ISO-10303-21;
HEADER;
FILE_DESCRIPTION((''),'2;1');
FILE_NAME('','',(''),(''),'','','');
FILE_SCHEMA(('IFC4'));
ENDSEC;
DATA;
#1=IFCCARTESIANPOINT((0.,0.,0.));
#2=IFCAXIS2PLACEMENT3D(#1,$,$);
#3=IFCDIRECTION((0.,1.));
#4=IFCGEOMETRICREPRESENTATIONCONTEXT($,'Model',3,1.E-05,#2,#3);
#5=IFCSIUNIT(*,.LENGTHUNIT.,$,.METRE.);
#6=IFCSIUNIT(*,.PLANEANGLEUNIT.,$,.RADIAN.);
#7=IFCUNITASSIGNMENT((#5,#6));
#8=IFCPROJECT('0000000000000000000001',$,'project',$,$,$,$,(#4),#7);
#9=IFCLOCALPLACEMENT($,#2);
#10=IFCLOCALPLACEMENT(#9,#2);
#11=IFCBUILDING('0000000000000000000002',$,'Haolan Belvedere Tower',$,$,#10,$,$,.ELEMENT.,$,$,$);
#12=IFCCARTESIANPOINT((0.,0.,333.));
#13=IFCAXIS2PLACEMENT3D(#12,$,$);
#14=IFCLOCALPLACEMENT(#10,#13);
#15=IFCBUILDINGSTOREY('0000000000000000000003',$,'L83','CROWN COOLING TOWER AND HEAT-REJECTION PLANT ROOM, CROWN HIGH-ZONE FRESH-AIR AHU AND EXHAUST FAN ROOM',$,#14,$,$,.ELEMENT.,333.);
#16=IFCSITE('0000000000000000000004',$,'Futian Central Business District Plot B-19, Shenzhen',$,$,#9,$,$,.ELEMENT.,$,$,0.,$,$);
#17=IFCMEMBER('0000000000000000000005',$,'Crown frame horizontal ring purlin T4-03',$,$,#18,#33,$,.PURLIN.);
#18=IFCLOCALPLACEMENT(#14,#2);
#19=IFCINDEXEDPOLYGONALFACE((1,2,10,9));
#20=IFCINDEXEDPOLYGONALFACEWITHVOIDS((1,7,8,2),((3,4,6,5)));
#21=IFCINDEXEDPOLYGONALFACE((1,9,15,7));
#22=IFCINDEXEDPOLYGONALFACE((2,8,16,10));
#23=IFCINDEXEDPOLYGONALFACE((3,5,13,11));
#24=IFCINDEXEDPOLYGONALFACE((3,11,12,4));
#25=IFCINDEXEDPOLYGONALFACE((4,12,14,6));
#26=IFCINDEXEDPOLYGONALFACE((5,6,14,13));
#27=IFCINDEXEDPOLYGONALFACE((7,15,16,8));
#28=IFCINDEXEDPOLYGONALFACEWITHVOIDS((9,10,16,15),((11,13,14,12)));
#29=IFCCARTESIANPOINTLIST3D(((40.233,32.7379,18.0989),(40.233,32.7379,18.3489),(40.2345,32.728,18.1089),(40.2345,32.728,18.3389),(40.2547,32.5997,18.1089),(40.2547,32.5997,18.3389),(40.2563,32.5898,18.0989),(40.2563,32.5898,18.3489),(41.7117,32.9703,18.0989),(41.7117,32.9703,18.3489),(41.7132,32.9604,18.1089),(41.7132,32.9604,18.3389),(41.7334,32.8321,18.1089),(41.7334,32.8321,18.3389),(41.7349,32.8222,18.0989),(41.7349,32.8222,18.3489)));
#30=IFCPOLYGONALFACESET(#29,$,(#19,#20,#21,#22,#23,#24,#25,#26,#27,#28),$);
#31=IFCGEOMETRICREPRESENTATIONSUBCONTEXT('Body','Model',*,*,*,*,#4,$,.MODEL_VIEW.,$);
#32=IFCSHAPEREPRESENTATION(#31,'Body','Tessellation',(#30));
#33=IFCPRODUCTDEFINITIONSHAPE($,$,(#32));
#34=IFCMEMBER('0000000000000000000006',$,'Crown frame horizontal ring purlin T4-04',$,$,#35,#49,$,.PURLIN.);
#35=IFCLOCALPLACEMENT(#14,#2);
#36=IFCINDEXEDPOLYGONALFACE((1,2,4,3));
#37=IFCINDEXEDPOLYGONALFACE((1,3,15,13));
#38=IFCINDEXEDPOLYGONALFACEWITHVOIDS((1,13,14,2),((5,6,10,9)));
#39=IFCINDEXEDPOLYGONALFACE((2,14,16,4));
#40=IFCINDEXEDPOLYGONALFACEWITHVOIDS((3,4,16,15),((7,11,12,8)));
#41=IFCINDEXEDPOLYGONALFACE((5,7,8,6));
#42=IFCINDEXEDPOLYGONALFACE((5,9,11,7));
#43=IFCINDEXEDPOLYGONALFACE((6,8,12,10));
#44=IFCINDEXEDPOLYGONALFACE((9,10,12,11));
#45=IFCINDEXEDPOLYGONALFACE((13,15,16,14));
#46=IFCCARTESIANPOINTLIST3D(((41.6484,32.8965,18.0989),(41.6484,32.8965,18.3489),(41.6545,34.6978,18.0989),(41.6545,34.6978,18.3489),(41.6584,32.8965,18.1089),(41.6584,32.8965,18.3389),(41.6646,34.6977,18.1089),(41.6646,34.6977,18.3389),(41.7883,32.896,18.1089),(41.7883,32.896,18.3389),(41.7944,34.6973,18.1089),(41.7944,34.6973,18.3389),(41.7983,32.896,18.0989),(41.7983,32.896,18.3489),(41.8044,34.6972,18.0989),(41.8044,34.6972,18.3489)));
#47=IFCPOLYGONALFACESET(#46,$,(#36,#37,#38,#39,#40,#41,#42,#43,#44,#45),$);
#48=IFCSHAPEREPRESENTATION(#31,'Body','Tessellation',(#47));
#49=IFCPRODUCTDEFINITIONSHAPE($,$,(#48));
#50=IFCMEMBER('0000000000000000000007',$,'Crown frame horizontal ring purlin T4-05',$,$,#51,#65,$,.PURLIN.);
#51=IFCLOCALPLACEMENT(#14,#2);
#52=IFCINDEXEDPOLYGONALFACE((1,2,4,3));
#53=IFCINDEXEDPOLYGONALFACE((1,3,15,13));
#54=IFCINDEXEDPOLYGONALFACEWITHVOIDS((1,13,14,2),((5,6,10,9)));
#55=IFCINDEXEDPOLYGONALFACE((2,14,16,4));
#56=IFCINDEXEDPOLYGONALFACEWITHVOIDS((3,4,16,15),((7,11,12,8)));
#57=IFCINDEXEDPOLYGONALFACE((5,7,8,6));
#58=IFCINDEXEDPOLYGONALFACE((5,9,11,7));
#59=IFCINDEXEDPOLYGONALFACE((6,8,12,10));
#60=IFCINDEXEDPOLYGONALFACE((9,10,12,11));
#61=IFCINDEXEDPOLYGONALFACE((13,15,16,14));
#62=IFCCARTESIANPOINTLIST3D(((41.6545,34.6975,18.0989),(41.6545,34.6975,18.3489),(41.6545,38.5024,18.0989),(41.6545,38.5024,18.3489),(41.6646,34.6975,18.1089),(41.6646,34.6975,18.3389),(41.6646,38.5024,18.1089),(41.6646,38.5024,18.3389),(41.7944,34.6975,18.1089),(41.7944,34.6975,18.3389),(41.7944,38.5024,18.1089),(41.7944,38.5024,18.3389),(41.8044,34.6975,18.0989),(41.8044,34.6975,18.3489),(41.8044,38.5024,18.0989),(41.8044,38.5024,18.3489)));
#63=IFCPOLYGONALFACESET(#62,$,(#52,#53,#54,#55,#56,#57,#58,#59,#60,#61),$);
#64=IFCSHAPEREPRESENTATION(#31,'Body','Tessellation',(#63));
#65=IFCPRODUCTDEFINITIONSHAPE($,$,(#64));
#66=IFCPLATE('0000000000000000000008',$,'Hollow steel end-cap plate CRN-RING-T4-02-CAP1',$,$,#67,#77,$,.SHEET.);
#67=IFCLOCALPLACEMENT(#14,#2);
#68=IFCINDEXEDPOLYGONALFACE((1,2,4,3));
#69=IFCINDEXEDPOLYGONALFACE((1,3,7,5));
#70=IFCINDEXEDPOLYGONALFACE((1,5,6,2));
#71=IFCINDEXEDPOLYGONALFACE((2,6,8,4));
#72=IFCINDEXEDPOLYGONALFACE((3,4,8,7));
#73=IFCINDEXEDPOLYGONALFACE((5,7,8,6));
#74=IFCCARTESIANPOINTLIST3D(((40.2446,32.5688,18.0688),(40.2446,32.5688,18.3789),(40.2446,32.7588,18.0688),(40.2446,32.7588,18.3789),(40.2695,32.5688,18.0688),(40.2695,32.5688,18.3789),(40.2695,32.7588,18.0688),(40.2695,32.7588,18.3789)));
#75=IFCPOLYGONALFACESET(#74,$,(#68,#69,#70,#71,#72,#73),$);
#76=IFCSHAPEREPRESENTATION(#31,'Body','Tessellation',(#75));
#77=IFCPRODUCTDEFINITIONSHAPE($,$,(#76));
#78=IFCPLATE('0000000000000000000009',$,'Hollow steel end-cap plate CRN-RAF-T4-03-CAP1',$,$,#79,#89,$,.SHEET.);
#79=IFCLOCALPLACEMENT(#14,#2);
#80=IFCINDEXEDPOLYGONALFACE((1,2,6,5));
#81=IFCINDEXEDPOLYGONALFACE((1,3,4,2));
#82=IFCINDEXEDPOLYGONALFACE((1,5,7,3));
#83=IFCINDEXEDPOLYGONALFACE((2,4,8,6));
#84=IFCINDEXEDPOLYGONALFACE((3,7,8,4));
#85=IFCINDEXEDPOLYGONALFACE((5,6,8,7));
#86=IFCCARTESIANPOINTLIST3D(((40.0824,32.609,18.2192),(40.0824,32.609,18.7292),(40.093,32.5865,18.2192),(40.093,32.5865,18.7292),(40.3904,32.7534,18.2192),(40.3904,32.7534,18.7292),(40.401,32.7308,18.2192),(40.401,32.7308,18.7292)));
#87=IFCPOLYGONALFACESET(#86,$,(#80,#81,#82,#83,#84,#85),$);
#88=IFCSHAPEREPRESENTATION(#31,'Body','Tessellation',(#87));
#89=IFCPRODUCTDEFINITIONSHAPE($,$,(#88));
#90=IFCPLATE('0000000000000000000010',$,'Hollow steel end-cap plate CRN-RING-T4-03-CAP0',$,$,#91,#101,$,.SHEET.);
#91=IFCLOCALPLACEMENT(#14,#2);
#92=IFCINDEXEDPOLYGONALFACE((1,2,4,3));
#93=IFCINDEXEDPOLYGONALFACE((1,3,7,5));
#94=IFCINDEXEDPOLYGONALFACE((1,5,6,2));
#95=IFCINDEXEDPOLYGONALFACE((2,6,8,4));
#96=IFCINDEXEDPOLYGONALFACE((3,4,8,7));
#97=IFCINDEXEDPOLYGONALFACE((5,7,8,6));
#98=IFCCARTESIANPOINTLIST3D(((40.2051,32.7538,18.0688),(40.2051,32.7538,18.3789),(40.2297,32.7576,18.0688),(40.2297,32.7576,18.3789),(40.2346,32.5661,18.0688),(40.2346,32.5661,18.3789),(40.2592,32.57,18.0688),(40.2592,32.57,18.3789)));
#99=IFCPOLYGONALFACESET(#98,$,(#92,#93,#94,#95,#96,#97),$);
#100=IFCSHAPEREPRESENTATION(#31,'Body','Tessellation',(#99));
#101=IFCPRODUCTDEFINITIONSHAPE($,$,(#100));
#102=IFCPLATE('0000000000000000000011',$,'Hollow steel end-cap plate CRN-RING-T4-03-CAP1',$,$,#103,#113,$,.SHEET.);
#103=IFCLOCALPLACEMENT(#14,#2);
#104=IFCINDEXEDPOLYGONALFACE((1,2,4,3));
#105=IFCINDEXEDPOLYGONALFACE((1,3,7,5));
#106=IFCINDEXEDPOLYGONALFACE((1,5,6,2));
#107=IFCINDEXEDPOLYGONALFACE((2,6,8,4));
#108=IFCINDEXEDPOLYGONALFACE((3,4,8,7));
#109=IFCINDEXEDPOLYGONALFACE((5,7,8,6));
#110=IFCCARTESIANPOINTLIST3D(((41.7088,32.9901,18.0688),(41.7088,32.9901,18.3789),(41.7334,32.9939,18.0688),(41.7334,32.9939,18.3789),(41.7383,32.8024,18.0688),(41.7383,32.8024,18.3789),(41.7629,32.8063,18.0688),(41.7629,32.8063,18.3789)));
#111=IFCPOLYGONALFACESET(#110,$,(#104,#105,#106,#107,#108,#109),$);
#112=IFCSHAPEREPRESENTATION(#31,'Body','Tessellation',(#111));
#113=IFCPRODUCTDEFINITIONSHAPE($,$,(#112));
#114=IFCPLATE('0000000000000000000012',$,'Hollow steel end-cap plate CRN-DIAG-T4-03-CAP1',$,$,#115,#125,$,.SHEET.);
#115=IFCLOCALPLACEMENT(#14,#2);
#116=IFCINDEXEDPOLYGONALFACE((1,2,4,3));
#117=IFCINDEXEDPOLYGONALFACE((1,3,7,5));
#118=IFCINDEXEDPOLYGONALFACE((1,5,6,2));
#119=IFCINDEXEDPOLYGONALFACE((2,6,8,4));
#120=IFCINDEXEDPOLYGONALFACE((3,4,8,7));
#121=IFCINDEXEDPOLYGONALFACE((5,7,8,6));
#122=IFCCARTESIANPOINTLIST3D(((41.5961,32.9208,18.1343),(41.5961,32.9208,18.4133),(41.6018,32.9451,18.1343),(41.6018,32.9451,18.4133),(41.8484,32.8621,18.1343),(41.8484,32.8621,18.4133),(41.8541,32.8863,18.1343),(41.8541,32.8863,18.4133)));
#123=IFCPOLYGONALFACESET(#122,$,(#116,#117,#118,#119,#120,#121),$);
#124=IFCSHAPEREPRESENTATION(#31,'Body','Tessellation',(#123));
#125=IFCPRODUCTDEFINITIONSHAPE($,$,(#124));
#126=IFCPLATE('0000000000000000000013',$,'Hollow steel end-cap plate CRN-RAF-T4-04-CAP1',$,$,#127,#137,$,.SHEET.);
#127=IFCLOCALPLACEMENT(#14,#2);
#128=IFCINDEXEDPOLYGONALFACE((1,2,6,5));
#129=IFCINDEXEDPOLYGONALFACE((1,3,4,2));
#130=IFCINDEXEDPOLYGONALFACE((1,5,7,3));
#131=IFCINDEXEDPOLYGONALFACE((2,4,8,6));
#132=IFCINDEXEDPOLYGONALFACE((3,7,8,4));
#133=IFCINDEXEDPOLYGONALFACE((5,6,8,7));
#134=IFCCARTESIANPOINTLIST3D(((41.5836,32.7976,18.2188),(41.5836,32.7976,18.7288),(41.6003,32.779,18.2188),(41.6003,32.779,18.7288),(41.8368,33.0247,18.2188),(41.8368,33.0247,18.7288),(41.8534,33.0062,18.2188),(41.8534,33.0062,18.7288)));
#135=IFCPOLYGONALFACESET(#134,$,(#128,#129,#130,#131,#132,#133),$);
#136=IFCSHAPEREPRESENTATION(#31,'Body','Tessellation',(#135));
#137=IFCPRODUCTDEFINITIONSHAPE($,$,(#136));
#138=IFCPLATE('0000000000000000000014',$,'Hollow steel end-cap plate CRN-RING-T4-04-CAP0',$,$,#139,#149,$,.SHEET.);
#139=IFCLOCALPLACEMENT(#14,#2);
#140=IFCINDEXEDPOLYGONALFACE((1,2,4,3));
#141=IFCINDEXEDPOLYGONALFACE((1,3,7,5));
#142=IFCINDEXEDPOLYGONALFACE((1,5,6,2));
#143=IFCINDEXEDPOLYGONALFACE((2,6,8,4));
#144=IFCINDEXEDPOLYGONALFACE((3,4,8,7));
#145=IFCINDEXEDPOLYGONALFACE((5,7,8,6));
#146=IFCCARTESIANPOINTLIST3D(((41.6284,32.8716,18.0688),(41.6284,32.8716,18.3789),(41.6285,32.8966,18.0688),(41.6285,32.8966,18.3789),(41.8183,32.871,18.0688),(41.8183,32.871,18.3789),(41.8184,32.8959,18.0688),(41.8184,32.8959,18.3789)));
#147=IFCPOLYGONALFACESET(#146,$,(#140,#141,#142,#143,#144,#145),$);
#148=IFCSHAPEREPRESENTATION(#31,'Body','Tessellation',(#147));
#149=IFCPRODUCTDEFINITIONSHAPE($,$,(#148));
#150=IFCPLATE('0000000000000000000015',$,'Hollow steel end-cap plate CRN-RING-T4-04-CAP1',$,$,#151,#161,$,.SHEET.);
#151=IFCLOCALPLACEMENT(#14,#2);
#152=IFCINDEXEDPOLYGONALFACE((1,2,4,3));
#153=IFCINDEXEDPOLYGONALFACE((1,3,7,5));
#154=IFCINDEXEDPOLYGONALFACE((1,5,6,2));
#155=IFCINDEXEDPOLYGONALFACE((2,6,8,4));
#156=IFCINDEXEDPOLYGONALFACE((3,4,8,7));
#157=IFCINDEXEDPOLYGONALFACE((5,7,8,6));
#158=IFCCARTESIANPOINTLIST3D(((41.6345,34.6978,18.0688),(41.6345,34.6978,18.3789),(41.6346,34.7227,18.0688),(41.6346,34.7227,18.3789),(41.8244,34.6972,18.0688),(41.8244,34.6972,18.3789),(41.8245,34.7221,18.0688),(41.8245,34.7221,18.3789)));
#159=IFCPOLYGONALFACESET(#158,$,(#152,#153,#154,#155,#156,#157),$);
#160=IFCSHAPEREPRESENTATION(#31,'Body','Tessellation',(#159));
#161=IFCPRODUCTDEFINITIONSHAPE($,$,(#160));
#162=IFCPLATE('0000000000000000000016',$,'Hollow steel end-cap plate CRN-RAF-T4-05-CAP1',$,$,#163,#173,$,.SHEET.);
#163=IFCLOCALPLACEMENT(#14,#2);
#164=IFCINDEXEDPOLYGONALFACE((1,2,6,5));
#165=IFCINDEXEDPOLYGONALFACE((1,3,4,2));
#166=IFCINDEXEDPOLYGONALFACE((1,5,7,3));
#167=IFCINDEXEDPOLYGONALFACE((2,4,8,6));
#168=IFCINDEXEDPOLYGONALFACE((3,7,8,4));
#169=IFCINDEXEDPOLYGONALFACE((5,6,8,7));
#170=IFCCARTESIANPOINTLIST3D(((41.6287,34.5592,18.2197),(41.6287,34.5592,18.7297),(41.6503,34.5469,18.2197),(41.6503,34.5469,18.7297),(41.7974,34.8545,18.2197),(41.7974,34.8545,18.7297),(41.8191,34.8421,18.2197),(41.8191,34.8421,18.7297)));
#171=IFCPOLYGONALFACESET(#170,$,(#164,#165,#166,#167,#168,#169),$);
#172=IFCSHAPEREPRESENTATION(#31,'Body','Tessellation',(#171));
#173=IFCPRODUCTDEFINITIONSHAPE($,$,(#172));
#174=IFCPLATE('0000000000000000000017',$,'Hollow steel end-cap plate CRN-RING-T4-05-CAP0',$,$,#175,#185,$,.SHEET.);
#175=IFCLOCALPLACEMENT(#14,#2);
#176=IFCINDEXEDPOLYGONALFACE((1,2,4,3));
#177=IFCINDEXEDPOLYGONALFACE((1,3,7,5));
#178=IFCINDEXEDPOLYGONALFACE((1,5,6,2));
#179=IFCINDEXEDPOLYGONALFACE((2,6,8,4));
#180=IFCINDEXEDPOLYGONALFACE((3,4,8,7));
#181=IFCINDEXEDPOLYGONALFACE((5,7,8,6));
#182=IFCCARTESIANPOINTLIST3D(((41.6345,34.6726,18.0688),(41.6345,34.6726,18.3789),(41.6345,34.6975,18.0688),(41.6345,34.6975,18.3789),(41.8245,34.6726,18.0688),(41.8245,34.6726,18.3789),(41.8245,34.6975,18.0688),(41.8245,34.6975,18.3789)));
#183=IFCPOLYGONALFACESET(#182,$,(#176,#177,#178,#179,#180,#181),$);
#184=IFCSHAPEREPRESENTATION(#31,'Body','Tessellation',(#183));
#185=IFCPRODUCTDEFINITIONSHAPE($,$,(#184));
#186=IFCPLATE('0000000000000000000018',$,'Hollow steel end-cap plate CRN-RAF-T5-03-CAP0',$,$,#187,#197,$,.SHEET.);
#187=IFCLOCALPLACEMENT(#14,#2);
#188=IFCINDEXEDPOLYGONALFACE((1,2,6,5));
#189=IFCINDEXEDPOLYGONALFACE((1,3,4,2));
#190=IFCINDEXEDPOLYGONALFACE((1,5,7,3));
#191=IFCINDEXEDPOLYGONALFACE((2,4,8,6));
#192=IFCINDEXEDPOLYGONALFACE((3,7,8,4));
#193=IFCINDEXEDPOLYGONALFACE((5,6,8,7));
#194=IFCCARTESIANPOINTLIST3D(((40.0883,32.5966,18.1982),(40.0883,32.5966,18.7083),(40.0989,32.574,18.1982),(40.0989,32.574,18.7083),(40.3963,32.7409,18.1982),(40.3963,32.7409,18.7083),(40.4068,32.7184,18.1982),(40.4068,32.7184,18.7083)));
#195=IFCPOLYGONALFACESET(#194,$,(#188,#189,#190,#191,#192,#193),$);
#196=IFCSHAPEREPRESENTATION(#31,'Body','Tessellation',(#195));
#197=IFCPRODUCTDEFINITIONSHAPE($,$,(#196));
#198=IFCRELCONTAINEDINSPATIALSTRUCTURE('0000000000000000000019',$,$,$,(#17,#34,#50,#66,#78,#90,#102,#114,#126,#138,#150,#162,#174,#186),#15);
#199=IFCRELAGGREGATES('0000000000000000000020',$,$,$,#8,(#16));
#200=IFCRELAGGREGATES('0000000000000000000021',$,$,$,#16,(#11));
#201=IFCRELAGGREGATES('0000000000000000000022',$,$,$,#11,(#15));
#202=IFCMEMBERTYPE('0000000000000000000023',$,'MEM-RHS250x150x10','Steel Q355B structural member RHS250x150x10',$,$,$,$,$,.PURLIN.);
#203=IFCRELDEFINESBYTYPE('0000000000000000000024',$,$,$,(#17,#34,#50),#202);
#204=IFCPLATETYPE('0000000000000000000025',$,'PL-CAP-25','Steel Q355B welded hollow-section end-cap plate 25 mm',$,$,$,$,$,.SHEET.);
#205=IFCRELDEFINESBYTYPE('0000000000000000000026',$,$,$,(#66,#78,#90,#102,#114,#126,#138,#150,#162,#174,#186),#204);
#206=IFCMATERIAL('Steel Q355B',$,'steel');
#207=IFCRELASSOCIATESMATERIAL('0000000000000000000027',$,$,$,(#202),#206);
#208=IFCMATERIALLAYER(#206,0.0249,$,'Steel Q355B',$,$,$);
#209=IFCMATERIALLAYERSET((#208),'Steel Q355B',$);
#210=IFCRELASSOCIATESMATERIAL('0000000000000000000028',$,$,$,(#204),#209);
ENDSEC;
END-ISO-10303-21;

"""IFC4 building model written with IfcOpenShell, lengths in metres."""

from ifc_helpers import new_model, si_unit, direction, frame, origin, origin_2d, place, context, subcontext, project, spatial, rectangle, hollow_rectangle, extrude, material, layer, layer_set, material_profile, profile_set, type_object, element, save


model = new_model("IFC4")

# Units and contexts
model_context = context("Model", 3, precision=1e-05, world=origin(), true_north=direction((0.0, 1.0)))
body_context = subcontext(model_context, "Body", "Model", "MODEL_VIEW")
ifc_project = project(units=[si_unit("LENGTHUNIT", "METRE"), si_unit("PLANEANGLEUNIT", "RADIAN")], contexts=[model_context])

# Site, building, storey
site_placement = place(None, origin())
site = spatial("IfcSite", under=ifc_project, at=site_placement, Name="Futian Central Business District Plot B-19, Shenzhen", CompositionType="ELEMENT", RefElevation=0.0)
building_placement = place(site_placement, origin())
building = spatial("IfcBuilding", under=site, at=building_placement, Name="Haolan Belvedere Tower", CompositionType="ELEMENT")
storey_placement = place(building_placement, frame((0.0, 0.0, 333.0)))
storey = spatial("IfcBuildingStorey", under=building, at=storey_placement, Name="L83", Description="CROWN COOLING TOWER AND HEAT-REJECTION PLANT ROOM, CROWN HIGH-ZONE FRESH-AIR AHU AND EXHAUST FAN ROOM", CompositionType="ELEMENT", Elevation=333.0)

# Members
ifc_material_1 = material(Name="Steel Q355B", Category="steel")
ifc_material_profile_1 = material_profile(ifc_material_1, hollow_rectangle(XDim=0.1499, YDim=0.25, WallThickness=0.01, at=origin_2d()), Name="Steel Q355B")
ifc_profile_set_1 = profile_set([ifc_material_profile_1], Name="Steel Q355B")
member_type_1 = type_object("IfcMemberType", Name="MEM-RHS250x150x10", Description="Steel Q355B structural member RHS250x150x10", PredefinedType="PURLIN", material=ifc_profile_set_1)
member_1_placement = place(storey_placement, frame((40.2446, 32.6638, 18.2239), z_axis=(0.987872, 0.155267, 0.0), x_axis=(-0.155267, 0.987872, 0.0)))
element("IfcMember", 1, at=member_1_placement, inside=storey, type_object=member_type_1, Name="Crown frame horizontal ring purlin T4-03", PredefinedType="PURLIN", context=body_context, shape_type="SweptSolid", body=[
    extrude(hollow_rectangle(XDim=0.1499, YDim=0.25, WallThickness=0.01, at=origin_2d()), origin(), (0.0, 0.0, 1.0), 1.4968),
])
member_2_placement = place(storey_placement, frame((41.7234, 32.8962, 18.2239), z_axis=(0.003388, 0.999994, 0.0), x_axis=(-0.999994, 0.003388, 0.0)))
element("IfcMember", 2, at=member_2_placement, inside=storey, type_object=member_type_1, Name="Crown frame horizontal ring purlin T4-04", PredefinedType="PURLIN", context=body_context, shape_type="SweptSolid", body=[
    extrude(hollow_rectangle(XDim=0.1499, YDim=0.25, WallThickness=0.01, at=origin_2d()), origin(), (0.0, 0.0, 1.0), 1.8013),
])
member_3_placement = place(storey_placement, frame((41.7295, 34.6975, 18.2239), z_axis=(0.0, 1.0, 0.0), x_axis=(-1.0, 0.0, 0.0)))
element("IfcMember", 3, at=member_3_placement, inside=storey, type_object=member_type_1, Name="Crown frame horizontal ring purlin T4-05", PredefinedType="PURLIN", context=body_context, shape_type="SweptSolid", body=[
    extrude(hollow_rectangle(XDim=0.1499, YDim=0.25, WallThickness=0.01, at=origin_2d()), origin(), (0.0, 0.0, 1.0), 3.8049),
])

# Plates
ifc_layer_1 = layer(ifc_material_1, 0.0249, Name="Steel Q355B")
ifc_layer_set_1 = layer_set([ifc_layer_1], Name="Steel Q355B")
plate_type = type_object("IfcPlateType", Name="PL-CAP-25", Description="Steel Q355B welded hollow-section end-cap plate 25 mm", PredefinedType="SHEET", material=ifc_layer_set_1)
plate_1_placement = place(storey_placement, frame((40.2571, 32.6638, 18.0688), z_axis=(0.0, 0.0, 1.0), x_axis=(0.0, 1.0, 0.0)))
element("IfcPlate", 4, at=plate_1_placement, inside=storey, type_object=plate_type, Name="Hollow steel end-cap plate CRN-RING-T4-02-CAP1", PredefinedType="SHEET", context=body_context, shape_type="SweptSolid", body=[
    extrude(rectangle(XDim=0.1899, YDim=0.0249, at=origin_2d()), origin(), (0.0, 0.0, 1.0), 0.3101),
])
plate_2_placement = place(storey_placement, frame((40.2417, 32.6699, 18.2192), z_axis=(0.0, 0.0, 1.0), x_axis=(-0.905502, -0.424342, 0.0)))
element("IfcPlate", 5, at=plate_2_placement, inside=storey, type_object=plate_type, Name="Hollow steel end-cap plate CRN-RAF-T4-03-CAP1", PredefinedType="SHEET", context=body_context, shape_type="SweptSolid", body=[
    extrude(rectangle(XDim=0.3401, YDim=0.0249, at=origin_2d()), origin(), (0.0, 0.0, 1.0), 0.51),
])
for number, where, z_axis, x_axis, name in (
    (6, (40.2322, 32.6619, 18.0688), (0.0, 0.0, 1.0), (0.155245, -0.987876, 0.0), "Hollow steel end-cap plate CRN-RING-T4-03-CAP0"),
    (7, (41.7358, 32.8982, 18.0688), (0.0, 0.0, 1.0), (-0.155245, 0.987876, 0.0), "Hollow steel end-cap plate CRN-RING-T4-03-CAP1"),
):
    element("IfcPlate", number, at=place(storey_placement, frame(where, z_axis=z_axis, x_axis=x_axis)), inside=storey, type_object=plate_type, Name=name, PredefinedType="SHEET", context=body_context, shape_type="SweptSolid", body=[
        extrude(rectangle(XDim=0.1899, YDim=0.0249, at=origin_2d()), origin(), (0.0, 0.0, 1.0), 0.3101),
    ])
plate_3_placement = place(storey_placement, frame((41.7251, 32.9036, 18.1343), z_axis=(0.0, 0.0, 1.0), x_axis=(-0.973968, 0.226685, 0.0)))
element("IfcPlate", 8, at=plate_3_placement, inside=storey, type_object=plate_type, Name="Hollow steel end-cap plate CRN-DIAG-T4-03-CAP1", PredefinedType="SHEET", context=body_context, shape_type="SweptSolid", body=[
    extrude(rectangle(XDim=0.259, YDim=0.0249, at=origin_2d()), origin(), (0.0, 0.0, 1.0), 0.2791),
])
plate_4_placement = place(storey_placement, frame((41.7185, 32.9019, 18.2188), z_axis=(0.0, 0.0, 1.0), x_axis=(-0.744288, -0.667859, 0.0)))
element("IfcPlate", 9, at=plate_4_placement, inside=storey, type_object=plate_type, Name="Hollow steel end-cap plate CRN-RAF-T4-04-CAP1", PredefinedType="SHEET", context=body_context, shape_type="SweptSolid", body=[
    extrude(rectangle(XDim=0.3401, YDim=0.0249, at=origin_2d()), origin(), (0.0, 0.0, 1.0), 0.51),
])
for number, where, z_axis, x_axis, name in (
    (10, (41.7234, 32.8838, 18.0688), (0.0, 0.0, 1.0), (0.999995, -0.003281, 0.0), "Hollow steel end-cap plate CRN-RING-T4-04-CAP0"),
    (11, (41.7295, 34.71, 18.0688), (0.0, 0.0, 1.0), (-0.999995, 0.003281, 0.0), "Hollow steel end-cap plate CRN-RING-T4-04-CAP1"),
):
    element("IfcPlate", number, at=place(storey_placement, frame(where, z_axis=z_axis, x_axis=x_axis)), inside=storey, type_object=plate_type, Name=name, PredefinedType="SHEET", context=body_context, shape_type="SweptSolid", body=[
        extrude(rectangle(XDim=0.1899, YDim=0.0249, at=origin_2d()), origin(), (0.0, 0.0, 1.0), 0.3101),
    ])
plate_5_placement = place(storey_placement, frame((41.7239, 34.7007, 18.2197), z_axis=(0.0, 0.0, 1.0), x_axis=(-0.496141, -0.868242, 0.0)))
element("IfcPlate", 12, at=plate_5_placement, inside=storey, type_object=plate_type, Name="Hollow steel end-cap plate CRN-RAF-T4-05-CAP1", PredefinedType="SHEET", context=body_context, shape_type="SweptSolid", body=[
    extrude(rectangle(XDim=0.3401, YDim=0.0249, at=origin_2d()), origin(), (0.0, 0.0, 1.0), 0.51),
])
plate_6_placement = place(storey_placement, frame((41.7295, 34.6851, 18.0688), z_axis=(0.0, 0.0, 1.0), x_axis=(1.0, 0.0, 0.0)))
element("IfcPlate", 13, at=plate_6_placement, inside=storey, type_object=plate_type, Name="Hollow steel end-cap plate CRN-RING-T4-05-CAP0", PredefinedType="SHEET", context=body_context, shape_type="SweptSolid", body=[
    extrude(rectangle(XDim=0.1899, YDim=0.0249, at=origin_2d()), origin(), (0.0, 0.0, 1.0), 0.3101),
])
for number, where, z_axis, x_axis, name in (
    (14, (40.2476, 32.6575, 18.1982), (0.0, 0.0, 1.0), (0.905502, 0.424342, 0.0), "Hollow steel end-cap plate CRN-RAF-T5-03-CAP0"),
):
    element("IfcPlate", number, at=place(storey_placement, frame(where, z_axis=z_axis, x_axis=x_axis)), inside=storey, type_object=plate_type, Name=name, PredefinedType="SHEET", context=body_context, shape_type="SweptSolid", body=[
        extrude(rectangle(XDim=0.3401, YDim=0.0249, at=origin_2d()), origin(), (0.0, 0.0, 1.0), 0.51),
    ])

save(model, "model.ifc")
